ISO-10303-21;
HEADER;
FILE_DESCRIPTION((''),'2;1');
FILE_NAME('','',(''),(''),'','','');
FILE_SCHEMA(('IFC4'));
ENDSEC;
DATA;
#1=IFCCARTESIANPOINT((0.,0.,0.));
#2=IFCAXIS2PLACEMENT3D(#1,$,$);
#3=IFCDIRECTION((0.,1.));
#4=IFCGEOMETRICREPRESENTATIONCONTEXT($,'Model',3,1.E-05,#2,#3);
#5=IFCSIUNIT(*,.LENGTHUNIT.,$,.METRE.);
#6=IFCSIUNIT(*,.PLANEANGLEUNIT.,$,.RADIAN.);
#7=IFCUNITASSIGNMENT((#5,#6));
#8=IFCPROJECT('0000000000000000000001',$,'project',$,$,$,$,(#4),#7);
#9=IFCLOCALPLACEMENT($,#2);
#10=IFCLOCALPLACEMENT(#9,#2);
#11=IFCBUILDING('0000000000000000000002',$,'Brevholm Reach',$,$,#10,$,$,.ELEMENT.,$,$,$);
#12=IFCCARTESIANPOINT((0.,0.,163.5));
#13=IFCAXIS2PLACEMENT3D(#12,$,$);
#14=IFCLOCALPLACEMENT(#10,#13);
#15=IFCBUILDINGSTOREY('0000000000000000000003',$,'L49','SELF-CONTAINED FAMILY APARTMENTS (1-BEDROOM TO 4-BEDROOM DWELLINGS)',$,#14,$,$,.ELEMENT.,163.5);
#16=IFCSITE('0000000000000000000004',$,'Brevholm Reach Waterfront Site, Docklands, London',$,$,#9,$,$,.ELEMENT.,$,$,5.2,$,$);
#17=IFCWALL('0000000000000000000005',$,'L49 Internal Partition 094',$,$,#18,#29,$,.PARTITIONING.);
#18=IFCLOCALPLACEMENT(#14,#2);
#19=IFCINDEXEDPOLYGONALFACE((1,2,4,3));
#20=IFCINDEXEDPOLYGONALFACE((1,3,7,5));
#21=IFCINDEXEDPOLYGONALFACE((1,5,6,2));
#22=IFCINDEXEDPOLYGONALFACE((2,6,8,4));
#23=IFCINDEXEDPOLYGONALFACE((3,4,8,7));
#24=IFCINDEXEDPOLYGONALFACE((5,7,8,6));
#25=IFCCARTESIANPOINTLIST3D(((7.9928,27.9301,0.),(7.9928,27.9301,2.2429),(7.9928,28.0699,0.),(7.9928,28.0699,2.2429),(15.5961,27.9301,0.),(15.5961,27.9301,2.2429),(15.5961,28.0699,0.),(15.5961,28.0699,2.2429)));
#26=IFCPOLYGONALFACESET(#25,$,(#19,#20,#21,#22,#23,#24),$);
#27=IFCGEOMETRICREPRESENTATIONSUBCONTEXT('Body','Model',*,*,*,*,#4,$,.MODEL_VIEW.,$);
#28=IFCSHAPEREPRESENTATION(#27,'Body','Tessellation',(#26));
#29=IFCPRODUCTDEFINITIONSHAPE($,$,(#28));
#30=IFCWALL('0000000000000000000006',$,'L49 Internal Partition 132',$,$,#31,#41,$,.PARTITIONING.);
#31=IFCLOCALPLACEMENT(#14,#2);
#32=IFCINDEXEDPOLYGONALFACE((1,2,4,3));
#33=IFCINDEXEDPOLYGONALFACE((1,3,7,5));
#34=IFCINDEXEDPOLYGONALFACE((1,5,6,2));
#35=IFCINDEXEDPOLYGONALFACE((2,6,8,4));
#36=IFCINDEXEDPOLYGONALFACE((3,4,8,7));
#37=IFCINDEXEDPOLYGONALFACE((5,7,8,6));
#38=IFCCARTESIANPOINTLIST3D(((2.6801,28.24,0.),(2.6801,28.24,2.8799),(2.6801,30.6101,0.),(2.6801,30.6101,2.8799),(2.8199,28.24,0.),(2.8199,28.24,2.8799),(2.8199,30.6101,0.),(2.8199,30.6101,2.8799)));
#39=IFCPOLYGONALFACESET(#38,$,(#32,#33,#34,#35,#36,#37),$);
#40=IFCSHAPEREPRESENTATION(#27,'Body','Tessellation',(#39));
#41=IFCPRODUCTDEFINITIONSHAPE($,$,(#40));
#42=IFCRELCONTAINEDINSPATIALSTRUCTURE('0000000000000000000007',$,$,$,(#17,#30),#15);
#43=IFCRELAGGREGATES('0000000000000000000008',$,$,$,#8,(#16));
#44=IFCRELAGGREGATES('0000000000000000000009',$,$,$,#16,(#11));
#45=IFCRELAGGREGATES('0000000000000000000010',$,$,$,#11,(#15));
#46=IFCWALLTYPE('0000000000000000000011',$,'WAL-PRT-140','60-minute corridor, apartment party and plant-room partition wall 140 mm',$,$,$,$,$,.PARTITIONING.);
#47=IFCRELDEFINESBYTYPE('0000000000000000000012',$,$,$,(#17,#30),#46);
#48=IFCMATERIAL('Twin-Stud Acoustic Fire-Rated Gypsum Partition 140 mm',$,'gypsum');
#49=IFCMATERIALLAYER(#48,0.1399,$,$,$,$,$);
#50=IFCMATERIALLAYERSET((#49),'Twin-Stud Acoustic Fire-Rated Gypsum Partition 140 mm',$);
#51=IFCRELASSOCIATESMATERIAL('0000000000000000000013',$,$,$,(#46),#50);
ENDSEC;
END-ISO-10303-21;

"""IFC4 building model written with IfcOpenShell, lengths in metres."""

from ifc_helpers import new_model, si_unit, direction, frame, frame_2d, origin, place, context, subcontext, project, spatial, rectangle, extrude, material, layer, layer_set, type_object, element, save


model = new_model("IFC4")

# Units and contexts
model_context = context("Model", 3, precision=1e-05, world=origin(), true_north=direction((0.0, 1.0)))
body_context = subcontext(model_context, "Body", "Model", "MODEL_VIEW")
ifc_project = project(units=[si_unit("LENGTHUNIT", "METRE"), si_unit("PLANEANGLEUNIT", "RADIAN")], contexts=[model_context])

# Site, building, storey
site_placement = place(None, origin())
site = spatial("IfcSite", under=ifc_project, at=site_placement, Name="Brevholm Reach Waterfront Site, Docklands, London", CompositionType="ELEMENT", RefElevation=5.2)
building_placement = place(site_placement, origin())
building = spatial("IfcBuilding", under=site, at=building_placement, Name="Brevholm Reach", CompositionType="ELEMENT")
storey_placement = place(building_placement, frame((0.0, 0.0, 163.5)))
storey = spatial("IfcBuildingStorey", under=building, at=storey_placement, Name="L49", Description="SELF-CONTAINED FAMILY APARTMENTS (1-BEDROOM TO 4-BEDROOM DWELLINGS)", CompositionType="ELEMENT", Elevation=163.5)

# Walls
ifc_material_1 = material(Name="Twin-Stud Acoustic Fire-Rated Gypsum Partition 140 mm", Category="gypsum")
ifc_layer_1 = layer(ifc_material_1, 0.1399)
ifc_layer_set_1 = layer_set([ifc_layer_1], Name="Twin-Stud Acoustic Fire-Rated Gypsum Partition 140 mm")
wall_type_1 = type_object("IfcWallType", Name="WAL-PRT-140", Description="60-minute corridor, apartment party and plant-room partition wall 140 mm", PredefinedType="PARTITIONING", material=ifc_layer_set_1)
wall_1_placement = place(storey_placement, frame((7.9927, 28.0, 0.0), z_axis=(0.0, 0.0, 1.0), x_axis=(1.0, 0.0, 0.0)))
element("IfcWall", 1, at=wall_1_placement, inside=storey, type_object=wall_type_1, Name="L49 Internal Partition 094", PredefinedType="PARTITIONING", context=body_context, shape_type="SweptSolid", body=[
    extrude(rectangle(XDim=7.6033, YDim=0.1399, at=frame_2d((3.8018, 0.0))), origin(), (0.0, 0.0, 1.0), 2.2429),
])
wall_2_placement = place(storey_placement, frame((2.75, 28.24, 0.0), z_axis=(0.0, 0.0, 1.0), x_axis=(0.0, 1.0, 0.0)))
element("IfcWall", 2, at=wall_2_placement, inside=storey, type_object=wall_type_1, Name="L49 Internal Partition 132", PredefinedType="PARTITIONING", context=body_context, shape_type="SweptSolid", body=[
    extrude(rectangle(XDim=2.3701, YDim=0.1399, at=frame_2d((1.1851, 0.0))), origin(), (0.0, 0.0, 1.0), 2.8799),
])

save(model, "model.ifc")
